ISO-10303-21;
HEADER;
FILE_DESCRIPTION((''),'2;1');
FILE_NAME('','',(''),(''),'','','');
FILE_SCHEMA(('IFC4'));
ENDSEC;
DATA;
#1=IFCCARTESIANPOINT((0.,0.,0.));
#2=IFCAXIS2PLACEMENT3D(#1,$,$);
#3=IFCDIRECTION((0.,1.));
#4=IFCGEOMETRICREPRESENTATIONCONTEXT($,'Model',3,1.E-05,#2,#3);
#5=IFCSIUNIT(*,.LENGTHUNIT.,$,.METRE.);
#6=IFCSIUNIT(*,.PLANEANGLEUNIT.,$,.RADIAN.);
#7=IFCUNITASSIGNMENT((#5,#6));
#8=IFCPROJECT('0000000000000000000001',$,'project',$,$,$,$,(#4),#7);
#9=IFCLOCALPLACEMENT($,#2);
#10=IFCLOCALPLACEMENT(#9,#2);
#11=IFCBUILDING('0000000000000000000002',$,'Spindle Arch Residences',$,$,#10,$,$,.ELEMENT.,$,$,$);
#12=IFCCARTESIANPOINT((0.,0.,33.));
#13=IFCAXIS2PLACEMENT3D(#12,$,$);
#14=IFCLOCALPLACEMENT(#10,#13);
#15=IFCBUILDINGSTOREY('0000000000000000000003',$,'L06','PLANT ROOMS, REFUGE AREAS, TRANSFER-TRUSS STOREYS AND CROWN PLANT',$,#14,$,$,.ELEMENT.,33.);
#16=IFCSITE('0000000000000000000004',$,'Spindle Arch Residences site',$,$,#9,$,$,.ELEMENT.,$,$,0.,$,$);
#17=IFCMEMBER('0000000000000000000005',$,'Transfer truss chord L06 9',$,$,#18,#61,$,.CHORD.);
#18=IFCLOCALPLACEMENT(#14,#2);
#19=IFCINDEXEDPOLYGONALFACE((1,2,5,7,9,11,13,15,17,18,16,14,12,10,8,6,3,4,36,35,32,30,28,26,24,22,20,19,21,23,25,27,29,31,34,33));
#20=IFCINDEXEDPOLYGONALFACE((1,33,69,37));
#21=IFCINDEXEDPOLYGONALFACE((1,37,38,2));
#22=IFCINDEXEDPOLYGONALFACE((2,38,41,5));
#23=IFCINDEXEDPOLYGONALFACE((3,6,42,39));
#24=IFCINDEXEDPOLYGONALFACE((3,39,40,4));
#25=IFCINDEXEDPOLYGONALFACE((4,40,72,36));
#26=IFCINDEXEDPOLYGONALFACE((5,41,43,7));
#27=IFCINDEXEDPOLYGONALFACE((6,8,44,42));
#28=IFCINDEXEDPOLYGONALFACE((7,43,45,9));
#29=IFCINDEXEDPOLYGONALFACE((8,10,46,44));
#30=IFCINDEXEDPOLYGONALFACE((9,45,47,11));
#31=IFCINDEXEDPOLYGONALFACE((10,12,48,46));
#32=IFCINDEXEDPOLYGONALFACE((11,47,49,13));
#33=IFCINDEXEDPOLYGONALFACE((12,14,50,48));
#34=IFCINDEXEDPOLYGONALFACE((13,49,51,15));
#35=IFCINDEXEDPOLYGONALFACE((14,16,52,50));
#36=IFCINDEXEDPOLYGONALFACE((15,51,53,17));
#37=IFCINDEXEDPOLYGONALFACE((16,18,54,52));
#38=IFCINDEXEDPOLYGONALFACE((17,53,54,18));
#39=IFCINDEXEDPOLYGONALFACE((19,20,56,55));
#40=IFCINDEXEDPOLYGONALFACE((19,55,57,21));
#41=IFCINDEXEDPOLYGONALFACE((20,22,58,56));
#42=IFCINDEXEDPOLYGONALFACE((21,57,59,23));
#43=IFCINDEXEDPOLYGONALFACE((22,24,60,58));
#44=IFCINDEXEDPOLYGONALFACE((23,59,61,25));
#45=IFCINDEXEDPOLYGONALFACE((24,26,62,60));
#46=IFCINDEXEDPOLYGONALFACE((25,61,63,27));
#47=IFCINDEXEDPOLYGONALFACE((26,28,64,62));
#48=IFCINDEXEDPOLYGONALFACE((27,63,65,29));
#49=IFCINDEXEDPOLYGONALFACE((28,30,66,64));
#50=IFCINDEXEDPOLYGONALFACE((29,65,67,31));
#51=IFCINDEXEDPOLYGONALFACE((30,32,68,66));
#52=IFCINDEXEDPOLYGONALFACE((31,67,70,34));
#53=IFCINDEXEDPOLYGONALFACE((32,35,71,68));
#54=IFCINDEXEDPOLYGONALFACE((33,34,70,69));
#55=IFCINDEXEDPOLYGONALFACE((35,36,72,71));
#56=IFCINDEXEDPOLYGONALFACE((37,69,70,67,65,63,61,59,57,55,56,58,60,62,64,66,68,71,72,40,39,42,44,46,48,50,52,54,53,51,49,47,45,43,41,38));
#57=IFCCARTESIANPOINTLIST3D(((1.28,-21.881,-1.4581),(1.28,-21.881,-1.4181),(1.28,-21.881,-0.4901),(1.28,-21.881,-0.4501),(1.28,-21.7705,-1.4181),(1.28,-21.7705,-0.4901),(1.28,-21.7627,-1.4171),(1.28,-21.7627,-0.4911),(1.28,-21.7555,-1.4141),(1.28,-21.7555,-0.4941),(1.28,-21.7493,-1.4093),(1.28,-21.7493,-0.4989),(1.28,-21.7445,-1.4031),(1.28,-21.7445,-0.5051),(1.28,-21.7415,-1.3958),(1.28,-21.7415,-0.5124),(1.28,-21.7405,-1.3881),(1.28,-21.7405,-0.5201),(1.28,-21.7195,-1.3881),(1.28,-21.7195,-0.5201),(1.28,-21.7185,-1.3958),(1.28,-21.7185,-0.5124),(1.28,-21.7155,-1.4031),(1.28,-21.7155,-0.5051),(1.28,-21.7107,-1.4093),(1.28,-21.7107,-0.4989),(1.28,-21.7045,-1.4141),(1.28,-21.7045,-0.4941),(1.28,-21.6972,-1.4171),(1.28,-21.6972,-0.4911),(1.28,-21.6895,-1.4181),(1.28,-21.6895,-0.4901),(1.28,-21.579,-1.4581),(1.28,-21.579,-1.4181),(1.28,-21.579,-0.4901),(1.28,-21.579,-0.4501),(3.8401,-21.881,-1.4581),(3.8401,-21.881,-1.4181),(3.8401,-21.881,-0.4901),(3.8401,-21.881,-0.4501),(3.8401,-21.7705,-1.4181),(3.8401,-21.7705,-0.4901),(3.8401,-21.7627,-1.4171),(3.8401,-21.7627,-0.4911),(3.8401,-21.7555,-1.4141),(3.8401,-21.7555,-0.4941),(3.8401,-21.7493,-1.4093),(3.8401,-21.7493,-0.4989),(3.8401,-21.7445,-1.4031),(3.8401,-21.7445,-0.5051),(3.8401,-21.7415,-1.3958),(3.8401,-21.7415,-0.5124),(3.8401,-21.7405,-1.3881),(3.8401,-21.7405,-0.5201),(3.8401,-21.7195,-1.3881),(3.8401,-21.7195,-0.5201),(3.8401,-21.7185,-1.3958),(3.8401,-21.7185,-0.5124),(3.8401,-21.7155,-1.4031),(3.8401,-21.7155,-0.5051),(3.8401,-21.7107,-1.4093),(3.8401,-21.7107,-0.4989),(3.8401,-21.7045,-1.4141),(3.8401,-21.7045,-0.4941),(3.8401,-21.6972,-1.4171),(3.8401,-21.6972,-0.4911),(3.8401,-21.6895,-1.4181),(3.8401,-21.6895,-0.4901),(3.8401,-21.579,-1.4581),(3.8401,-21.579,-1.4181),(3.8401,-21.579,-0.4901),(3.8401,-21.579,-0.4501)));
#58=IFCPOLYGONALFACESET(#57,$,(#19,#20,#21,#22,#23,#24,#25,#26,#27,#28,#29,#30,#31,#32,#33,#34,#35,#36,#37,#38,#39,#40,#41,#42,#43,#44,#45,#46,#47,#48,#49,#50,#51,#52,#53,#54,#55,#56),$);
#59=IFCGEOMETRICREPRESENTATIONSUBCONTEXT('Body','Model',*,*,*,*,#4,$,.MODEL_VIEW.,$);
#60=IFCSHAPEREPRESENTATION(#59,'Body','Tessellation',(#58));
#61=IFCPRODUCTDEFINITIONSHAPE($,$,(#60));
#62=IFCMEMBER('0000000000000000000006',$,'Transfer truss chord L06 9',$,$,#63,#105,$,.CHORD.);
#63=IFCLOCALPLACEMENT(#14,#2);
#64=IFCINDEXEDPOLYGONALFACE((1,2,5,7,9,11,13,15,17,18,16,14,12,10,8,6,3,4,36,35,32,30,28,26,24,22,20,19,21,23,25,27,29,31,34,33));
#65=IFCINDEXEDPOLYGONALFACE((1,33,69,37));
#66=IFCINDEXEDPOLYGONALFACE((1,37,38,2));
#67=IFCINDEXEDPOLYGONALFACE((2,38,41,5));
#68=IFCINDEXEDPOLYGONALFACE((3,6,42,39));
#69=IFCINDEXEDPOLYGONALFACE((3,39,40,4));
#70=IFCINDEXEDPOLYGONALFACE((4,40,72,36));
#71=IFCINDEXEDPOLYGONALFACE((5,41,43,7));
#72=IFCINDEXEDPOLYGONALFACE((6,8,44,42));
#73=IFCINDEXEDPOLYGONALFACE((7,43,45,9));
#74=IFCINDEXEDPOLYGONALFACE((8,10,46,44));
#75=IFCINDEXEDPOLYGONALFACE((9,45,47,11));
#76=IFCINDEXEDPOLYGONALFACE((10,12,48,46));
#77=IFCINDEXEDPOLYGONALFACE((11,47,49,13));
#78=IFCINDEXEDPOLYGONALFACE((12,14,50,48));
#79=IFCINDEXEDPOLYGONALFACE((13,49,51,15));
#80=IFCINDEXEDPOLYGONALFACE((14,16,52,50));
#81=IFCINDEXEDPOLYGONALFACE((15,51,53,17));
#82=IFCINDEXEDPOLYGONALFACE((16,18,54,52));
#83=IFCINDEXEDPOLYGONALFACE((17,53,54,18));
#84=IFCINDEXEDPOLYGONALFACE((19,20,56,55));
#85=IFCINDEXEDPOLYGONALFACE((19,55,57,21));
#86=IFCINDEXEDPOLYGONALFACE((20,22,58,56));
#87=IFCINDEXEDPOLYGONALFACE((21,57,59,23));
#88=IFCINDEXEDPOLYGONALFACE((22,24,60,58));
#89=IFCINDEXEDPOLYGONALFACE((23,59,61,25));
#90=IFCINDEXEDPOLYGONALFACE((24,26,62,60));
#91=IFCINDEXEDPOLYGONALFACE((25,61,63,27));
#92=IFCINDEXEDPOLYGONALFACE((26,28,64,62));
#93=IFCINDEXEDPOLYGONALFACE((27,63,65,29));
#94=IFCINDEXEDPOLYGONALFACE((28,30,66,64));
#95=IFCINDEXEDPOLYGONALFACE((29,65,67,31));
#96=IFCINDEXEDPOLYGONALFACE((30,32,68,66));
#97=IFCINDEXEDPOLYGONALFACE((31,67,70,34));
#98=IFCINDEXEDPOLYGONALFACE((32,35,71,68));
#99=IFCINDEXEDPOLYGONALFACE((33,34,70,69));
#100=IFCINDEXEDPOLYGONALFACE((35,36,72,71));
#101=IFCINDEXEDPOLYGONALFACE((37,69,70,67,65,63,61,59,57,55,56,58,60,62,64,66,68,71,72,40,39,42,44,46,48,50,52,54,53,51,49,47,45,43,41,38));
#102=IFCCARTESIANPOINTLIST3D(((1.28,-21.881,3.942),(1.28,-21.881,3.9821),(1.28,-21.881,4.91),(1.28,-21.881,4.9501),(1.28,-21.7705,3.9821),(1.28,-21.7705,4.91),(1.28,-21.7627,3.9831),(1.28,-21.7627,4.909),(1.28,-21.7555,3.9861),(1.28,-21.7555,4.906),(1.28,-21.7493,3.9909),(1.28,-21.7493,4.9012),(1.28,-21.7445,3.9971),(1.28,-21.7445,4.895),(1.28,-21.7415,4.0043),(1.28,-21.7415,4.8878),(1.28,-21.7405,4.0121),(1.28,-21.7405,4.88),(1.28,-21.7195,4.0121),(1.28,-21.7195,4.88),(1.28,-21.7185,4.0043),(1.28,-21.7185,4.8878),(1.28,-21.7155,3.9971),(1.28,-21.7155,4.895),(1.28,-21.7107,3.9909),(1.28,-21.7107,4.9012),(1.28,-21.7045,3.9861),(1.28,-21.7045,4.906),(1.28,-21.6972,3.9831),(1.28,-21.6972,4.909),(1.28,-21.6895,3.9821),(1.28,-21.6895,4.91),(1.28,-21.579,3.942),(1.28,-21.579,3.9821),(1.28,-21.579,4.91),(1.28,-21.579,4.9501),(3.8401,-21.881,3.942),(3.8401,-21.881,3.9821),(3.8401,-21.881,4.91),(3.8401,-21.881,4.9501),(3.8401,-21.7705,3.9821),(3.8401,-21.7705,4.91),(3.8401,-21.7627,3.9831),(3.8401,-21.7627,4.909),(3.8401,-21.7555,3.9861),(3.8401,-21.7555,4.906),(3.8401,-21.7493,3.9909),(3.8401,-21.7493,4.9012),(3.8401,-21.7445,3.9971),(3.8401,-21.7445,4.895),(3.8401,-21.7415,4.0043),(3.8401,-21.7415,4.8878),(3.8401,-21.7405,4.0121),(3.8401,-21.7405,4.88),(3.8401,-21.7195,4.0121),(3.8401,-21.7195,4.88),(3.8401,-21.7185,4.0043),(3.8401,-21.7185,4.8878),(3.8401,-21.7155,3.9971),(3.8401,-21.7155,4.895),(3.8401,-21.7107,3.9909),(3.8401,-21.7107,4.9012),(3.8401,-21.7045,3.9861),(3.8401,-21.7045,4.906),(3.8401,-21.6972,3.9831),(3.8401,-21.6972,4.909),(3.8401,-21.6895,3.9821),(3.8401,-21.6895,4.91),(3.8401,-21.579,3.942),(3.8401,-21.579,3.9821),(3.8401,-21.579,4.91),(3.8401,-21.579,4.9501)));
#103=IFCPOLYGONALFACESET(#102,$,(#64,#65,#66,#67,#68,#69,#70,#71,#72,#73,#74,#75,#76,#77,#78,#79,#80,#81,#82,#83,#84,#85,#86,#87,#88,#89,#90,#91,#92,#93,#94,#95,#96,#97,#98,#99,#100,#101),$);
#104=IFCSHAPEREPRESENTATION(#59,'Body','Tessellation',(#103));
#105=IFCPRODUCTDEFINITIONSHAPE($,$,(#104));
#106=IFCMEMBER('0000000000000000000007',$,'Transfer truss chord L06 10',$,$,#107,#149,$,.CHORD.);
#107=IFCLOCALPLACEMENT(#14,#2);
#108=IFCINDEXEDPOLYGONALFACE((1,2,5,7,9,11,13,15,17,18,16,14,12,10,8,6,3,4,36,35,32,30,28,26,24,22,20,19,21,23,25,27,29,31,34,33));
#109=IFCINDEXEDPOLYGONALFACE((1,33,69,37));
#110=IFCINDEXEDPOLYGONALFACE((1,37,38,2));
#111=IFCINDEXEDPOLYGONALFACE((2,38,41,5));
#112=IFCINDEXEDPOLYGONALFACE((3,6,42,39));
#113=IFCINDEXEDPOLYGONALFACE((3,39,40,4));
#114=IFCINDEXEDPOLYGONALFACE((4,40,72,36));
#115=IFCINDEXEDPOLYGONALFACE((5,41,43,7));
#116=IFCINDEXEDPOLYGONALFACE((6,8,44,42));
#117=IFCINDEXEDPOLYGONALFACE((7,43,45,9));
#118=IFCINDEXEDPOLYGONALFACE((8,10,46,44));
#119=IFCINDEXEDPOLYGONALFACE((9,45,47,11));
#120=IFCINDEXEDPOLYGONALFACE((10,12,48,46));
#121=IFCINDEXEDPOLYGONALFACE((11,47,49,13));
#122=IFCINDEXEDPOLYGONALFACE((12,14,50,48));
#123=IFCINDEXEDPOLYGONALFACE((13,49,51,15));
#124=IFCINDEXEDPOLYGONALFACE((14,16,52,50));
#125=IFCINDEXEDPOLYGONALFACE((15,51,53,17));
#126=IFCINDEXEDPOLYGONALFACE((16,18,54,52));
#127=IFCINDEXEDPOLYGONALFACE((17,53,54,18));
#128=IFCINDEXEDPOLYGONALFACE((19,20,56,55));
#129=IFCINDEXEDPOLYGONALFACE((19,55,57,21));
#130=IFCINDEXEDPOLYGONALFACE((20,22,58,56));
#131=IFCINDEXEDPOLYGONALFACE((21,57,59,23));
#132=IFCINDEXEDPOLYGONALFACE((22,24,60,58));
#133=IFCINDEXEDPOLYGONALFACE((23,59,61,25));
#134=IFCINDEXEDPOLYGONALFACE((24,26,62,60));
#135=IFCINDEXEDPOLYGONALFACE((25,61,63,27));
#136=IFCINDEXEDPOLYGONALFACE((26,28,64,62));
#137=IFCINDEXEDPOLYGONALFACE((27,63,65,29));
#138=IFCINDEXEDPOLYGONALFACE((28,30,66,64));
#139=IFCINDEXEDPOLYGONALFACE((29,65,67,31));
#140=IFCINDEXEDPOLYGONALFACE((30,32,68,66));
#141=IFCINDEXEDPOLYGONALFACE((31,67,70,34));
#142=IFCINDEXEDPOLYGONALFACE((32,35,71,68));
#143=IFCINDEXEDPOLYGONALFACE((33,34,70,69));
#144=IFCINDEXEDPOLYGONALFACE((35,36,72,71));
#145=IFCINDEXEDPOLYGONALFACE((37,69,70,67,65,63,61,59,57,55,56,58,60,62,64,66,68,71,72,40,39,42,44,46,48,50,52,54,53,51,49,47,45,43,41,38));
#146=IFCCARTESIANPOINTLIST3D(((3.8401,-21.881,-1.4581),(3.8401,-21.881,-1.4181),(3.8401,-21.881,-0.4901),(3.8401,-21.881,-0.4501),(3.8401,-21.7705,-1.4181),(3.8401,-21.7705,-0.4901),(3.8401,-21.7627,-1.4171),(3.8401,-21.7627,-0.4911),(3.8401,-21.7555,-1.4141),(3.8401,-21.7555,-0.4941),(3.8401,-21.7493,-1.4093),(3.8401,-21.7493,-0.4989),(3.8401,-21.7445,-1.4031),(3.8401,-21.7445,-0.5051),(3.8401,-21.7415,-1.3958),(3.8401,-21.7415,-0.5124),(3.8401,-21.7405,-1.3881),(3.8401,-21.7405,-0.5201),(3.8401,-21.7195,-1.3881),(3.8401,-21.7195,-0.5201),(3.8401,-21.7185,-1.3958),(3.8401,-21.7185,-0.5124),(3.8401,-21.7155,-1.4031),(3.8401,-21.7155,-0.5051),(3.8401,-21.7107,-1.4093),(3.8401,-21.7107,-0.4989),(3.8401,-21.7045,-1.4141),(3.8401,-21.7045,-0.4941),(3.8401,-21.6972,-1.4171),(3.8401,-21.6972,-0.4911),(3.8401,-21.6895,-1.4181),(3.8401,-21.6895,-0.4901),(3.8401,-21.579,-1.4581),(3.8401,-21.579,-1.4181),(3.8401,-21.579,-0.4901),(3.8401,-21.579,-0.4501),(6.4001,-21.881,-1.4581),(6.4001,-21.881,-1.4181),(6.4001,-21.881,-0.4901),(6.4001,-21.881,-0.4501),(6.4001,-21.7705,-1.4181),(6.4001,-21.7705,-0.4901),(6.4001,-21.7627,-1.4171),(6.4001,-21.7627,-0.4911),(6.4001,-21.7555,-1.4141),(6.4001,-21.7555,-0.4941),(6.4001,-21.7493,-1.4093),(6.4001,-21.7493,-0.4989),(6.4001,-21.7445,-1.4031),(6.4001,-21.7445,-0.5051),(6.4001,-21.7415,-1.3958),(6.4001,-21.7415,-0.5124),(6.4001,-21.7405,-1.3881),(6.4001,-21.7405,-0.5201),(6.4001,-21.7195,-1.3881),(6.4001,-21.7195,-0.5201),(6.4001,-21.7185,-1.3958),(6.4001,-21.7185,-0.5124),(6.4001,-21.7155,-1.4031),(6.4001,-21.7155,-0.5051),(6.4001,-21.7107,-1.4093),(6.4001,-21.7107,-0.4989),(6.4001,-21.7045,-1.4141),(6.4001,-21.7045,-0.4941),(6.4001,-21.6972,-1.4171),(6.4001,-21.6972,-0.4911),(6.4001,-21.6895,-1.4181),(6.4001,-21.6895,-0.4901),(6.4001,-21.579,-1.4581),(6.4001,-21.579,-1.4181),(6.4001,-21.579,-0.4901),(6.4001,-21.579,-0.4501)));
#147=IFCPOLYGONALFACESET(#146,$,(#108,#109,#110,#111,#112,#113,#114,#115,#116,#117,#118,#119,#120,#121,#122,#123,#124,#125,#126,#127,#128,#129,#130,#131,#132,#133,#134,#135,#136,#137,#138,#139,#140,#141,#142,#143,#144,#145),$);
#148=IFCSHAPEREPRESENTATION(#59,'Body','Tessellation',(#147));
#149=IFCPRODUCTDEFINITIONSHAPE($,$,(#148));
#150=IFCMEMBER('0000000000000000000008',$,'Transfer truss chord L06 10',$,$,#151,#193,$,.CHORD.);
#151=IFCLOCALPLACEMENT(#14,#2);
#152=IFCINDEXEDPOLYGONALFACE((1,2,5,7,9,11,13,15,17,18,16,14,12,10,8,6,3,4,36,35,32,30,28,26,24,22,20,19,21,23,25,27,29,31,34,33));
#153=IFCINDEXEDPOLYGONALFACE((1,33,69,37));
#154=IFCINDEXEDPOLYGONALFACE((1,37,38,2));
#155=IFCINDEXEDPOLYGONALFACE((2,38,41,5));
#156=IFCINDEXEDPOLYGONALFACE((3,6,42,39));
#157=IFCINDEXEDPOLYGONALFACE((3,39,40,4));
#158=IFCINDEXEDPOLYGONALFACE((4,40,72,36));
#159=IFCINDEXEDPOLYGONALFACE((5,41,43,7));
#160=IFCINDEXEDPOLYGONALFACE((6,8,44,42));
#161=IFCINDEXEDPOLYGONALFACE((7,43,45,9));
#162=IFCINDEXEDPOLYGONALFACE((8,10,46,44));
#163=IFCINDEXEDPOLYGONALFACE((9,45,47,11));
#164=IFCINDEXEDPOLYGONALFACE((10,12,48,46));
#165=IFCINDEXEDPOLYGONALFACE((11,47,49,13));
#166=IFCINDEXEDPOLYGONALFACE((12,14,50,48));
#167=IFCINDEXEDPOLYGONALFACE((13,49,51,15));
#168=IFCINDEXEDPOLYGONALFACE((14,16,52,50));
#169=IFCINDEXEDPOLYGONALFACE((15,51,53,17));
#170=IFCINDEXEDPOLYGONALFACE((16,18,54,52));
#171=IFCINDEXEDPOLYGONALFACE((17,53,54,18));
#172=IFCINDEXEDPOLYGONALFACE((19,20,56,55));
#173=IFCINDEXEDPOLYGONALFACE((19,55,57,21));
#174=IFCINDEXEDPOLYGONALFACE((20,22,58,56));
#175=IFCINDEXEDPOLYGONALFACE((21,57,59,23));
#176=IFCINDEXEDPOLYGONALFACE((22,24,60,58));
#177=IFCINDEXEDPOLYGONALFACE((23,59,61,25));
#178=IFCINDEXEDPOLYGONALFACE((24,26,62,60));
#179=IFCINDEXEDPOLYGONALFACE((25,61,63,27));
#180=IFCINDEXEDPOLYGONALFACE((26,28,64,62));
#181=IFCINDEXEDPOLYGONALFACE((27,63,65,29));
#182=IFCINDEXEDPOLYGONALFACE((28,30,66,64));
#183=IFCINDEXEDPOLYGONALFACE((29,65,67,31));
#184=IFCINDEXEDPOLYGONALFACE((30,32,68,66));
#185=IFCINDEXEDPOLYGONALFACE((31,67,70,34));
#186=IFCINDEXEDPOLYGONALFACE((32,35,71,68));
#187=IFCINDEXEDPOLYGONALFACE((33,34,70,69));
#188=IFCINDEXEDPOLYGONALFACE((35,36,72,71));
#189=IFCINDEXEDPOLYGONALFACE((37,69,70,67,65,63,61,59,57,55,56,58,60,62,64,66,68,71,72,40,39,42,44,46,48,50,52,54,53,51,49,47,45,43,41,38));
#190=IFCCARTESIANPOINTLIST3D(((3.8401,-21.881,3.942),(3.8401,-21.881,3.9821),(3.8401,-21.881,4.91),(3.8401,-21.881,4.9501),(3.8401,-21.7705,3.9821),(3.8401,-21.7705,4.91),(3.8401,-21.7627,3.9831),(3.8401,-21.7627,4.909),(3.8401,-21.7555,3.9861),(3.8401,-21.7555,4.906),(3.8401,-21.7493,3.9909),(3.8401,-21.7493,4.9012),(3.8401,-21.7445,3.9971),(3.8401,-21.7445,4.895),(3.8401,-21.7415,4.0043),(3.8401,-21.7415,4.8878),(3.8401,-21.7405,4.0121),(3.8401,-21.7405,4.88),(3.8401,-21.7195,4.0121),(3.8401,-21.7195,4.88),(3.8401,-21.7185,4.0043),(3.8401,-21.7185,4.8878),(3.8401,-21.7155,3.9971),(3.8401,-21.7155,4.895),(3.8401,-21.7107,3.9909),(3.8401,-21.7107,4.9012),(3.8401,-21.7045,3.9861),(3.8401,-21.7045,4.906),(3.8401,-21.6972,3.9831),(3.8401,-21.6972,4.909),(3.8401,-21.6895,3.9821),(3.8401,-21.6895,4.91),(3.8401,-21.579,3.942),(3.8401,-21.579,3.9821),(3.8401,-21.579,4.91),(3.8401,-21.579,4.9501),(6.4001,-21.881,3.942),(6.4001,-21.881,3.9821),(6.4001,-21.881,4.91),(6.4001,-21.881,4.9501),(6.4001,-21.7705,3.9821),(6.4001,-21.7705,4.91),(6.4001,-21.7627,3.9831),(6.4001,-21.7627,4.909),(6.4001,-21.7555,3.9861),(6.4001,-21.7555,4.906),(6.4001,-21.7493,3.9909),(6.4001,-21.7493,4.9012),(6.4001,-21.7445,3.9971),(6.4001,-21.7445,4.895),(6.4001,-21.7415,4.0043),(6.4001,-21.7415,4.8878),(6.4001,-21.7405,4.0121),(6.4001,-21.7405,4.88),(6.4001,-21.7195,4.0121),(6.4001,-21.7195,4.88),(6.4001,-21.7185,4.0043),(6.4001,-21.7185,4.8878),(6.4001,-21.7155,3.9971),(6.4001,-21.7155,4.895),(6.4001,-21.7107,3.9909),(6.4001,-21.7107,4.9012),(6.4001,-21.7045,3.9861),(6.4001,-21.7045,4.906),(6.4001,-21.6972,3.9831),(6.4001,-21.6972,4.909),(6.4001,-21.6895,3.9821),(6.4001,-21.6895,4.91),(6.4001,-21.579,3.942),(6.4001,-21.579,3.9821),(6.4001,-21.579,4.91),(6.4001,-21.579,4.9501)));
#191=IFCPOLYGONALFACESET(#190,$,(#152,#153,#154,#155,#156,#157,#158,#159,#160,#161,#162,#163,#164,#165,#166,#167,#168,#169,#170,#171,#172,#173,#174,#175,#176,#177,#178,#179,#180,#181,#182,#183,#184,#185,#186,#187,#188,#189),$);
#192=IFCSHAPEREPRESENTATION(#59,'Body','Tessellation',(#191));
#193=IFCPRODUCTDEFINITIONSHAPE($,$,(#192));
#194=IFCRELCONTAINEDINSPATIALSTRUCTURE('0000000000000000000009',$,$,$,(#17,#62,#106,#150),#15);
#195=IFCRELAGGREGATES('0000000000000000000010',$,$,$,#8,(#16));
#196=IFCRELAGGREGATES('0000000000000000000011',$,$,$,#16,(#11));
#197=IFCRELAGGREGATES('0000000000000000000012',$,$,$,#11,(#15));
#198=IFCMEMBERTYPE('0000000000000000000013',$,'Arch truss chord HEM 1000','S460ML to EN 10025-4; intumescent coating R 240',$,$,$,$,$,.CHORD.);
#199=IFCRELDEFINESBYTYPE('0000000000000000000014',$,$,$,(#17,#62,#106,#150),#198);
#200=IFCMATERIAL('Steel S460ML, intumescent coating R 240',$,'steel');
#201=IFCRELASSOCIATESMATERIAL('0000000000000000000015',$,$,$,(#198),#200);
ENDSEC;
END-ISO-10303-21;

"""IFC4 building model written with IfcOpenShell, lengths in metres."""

from ifc_helpers import new_model, si_unit, direction, frame, origin, origin_2d, place, context, subcontext, project, spatial, i_section, extrude, material, material_profile, profile_set, type_object, element, save


model = new_model("IFC4")

# Units and contexts
model_context = context("Model", 3, precision=1e-05, world=origin(), true_north=direction((0.0, 1.0)))
body_context = subcontext(model_context, "Body", "Model", "MODEL_VIEW")
ifc_project = project(units=[si_unit("LENGTHUNIT", "METRE"), si_unit("PLANEANGLEUNIT", "RADIAN")], contexts=[model_context])

# Site, building, storey
site_placement = place(None, origin())
site = spatial("IfcSite", under=ifc_project, at=site_placement, Name="Spindle Arch Residences site", CompositionType="ELEMENT", RefElevation=0.0)
building_placement = place(site_placement, origin())
building = spatial("IfcBuilding", under=site, at=building_placement, Name="Spindle Arch Residences", CompositionType="ELEMENT")
storey_placement = place(building_placement, frame((0.0, 0.0, 33.0)))
storey = spatial("IfcBuildingStorey", under=building, at=storey_placement, Name="L06", Description="PLANT ROOMS, REFUGE AREAS, TRANSFER-TRUSS STOREYS AND CROWN PLANT", CompositionType="ELEMENT", Elevation=33.0)

# Members
ifc_material_1 = material(Name="Steel S460ML, intumescent coating R 240", Category="steel")
ifc_material_profile_1 = material_profile(ifc_material_1, i_section(OverallWidth=0.302, OverallDepth=1.0081, WebThickness=0.021, FlangeThickness=0.04, FilletRadius=0.03, at=origin_2d()), Name="HEM 1000")
ifc_profile_set_1 = profile_set([ifc_material_profile_1], Name="Steel S460ML, intumescent coating R 240")
member_type_1 = type_object("IfcMemberType", Name="Arch truss chord HEM 1000", Description="S460ML to EN 10025-4; intumescent coating R 240", PredefinedType="CHORD", material=ifc_profile_set_1)
for number, where, z_axis, x_axis, name in (
    (1, (1.28, -21.73, -0.9541), (1.0, 0.0, 0.0), (0.0, 1.0, 0.0), "Transfer truss chord L06 9"),
    (2, (1.28, -21.73, 4.446), (1.0, 0.0, 0.0), (0.0, 1.0, 0.0), "Transfer truss chord L06 9"),
    (3, (3.8401, -21.73, -0.9541), (1.0, 0.0, 0.0), (0.0, 1.0, 0.0), "Transfer truss chord L06 10"),
    (4, (3.8401, -21.73, 4.446), (1.0, 0.0, 0.0), (0.0, 1.0, 0.0), "Transfer truss chord L06 10"),
):
    element("IfcMember", number, at=place(storey_placement, frame(where, z_axis=z_axis, x_axis=x_axis)), inside=storey, type_object=member_type_1, Name=name, PredefinedType="CHORD", context=body_context, shape_type="SweptSolid", body=[
        extrude(i_section(OverallWidth=0.302, OverallDepth=1.0081, WebThickness=0.021, FlangeThickness=0.04, FilletRadius=0.03, at=origin_2d()), origin(), (0.0, 0.0, 1.0), 2.5601),
    ])

save(model, "model.ifc")
